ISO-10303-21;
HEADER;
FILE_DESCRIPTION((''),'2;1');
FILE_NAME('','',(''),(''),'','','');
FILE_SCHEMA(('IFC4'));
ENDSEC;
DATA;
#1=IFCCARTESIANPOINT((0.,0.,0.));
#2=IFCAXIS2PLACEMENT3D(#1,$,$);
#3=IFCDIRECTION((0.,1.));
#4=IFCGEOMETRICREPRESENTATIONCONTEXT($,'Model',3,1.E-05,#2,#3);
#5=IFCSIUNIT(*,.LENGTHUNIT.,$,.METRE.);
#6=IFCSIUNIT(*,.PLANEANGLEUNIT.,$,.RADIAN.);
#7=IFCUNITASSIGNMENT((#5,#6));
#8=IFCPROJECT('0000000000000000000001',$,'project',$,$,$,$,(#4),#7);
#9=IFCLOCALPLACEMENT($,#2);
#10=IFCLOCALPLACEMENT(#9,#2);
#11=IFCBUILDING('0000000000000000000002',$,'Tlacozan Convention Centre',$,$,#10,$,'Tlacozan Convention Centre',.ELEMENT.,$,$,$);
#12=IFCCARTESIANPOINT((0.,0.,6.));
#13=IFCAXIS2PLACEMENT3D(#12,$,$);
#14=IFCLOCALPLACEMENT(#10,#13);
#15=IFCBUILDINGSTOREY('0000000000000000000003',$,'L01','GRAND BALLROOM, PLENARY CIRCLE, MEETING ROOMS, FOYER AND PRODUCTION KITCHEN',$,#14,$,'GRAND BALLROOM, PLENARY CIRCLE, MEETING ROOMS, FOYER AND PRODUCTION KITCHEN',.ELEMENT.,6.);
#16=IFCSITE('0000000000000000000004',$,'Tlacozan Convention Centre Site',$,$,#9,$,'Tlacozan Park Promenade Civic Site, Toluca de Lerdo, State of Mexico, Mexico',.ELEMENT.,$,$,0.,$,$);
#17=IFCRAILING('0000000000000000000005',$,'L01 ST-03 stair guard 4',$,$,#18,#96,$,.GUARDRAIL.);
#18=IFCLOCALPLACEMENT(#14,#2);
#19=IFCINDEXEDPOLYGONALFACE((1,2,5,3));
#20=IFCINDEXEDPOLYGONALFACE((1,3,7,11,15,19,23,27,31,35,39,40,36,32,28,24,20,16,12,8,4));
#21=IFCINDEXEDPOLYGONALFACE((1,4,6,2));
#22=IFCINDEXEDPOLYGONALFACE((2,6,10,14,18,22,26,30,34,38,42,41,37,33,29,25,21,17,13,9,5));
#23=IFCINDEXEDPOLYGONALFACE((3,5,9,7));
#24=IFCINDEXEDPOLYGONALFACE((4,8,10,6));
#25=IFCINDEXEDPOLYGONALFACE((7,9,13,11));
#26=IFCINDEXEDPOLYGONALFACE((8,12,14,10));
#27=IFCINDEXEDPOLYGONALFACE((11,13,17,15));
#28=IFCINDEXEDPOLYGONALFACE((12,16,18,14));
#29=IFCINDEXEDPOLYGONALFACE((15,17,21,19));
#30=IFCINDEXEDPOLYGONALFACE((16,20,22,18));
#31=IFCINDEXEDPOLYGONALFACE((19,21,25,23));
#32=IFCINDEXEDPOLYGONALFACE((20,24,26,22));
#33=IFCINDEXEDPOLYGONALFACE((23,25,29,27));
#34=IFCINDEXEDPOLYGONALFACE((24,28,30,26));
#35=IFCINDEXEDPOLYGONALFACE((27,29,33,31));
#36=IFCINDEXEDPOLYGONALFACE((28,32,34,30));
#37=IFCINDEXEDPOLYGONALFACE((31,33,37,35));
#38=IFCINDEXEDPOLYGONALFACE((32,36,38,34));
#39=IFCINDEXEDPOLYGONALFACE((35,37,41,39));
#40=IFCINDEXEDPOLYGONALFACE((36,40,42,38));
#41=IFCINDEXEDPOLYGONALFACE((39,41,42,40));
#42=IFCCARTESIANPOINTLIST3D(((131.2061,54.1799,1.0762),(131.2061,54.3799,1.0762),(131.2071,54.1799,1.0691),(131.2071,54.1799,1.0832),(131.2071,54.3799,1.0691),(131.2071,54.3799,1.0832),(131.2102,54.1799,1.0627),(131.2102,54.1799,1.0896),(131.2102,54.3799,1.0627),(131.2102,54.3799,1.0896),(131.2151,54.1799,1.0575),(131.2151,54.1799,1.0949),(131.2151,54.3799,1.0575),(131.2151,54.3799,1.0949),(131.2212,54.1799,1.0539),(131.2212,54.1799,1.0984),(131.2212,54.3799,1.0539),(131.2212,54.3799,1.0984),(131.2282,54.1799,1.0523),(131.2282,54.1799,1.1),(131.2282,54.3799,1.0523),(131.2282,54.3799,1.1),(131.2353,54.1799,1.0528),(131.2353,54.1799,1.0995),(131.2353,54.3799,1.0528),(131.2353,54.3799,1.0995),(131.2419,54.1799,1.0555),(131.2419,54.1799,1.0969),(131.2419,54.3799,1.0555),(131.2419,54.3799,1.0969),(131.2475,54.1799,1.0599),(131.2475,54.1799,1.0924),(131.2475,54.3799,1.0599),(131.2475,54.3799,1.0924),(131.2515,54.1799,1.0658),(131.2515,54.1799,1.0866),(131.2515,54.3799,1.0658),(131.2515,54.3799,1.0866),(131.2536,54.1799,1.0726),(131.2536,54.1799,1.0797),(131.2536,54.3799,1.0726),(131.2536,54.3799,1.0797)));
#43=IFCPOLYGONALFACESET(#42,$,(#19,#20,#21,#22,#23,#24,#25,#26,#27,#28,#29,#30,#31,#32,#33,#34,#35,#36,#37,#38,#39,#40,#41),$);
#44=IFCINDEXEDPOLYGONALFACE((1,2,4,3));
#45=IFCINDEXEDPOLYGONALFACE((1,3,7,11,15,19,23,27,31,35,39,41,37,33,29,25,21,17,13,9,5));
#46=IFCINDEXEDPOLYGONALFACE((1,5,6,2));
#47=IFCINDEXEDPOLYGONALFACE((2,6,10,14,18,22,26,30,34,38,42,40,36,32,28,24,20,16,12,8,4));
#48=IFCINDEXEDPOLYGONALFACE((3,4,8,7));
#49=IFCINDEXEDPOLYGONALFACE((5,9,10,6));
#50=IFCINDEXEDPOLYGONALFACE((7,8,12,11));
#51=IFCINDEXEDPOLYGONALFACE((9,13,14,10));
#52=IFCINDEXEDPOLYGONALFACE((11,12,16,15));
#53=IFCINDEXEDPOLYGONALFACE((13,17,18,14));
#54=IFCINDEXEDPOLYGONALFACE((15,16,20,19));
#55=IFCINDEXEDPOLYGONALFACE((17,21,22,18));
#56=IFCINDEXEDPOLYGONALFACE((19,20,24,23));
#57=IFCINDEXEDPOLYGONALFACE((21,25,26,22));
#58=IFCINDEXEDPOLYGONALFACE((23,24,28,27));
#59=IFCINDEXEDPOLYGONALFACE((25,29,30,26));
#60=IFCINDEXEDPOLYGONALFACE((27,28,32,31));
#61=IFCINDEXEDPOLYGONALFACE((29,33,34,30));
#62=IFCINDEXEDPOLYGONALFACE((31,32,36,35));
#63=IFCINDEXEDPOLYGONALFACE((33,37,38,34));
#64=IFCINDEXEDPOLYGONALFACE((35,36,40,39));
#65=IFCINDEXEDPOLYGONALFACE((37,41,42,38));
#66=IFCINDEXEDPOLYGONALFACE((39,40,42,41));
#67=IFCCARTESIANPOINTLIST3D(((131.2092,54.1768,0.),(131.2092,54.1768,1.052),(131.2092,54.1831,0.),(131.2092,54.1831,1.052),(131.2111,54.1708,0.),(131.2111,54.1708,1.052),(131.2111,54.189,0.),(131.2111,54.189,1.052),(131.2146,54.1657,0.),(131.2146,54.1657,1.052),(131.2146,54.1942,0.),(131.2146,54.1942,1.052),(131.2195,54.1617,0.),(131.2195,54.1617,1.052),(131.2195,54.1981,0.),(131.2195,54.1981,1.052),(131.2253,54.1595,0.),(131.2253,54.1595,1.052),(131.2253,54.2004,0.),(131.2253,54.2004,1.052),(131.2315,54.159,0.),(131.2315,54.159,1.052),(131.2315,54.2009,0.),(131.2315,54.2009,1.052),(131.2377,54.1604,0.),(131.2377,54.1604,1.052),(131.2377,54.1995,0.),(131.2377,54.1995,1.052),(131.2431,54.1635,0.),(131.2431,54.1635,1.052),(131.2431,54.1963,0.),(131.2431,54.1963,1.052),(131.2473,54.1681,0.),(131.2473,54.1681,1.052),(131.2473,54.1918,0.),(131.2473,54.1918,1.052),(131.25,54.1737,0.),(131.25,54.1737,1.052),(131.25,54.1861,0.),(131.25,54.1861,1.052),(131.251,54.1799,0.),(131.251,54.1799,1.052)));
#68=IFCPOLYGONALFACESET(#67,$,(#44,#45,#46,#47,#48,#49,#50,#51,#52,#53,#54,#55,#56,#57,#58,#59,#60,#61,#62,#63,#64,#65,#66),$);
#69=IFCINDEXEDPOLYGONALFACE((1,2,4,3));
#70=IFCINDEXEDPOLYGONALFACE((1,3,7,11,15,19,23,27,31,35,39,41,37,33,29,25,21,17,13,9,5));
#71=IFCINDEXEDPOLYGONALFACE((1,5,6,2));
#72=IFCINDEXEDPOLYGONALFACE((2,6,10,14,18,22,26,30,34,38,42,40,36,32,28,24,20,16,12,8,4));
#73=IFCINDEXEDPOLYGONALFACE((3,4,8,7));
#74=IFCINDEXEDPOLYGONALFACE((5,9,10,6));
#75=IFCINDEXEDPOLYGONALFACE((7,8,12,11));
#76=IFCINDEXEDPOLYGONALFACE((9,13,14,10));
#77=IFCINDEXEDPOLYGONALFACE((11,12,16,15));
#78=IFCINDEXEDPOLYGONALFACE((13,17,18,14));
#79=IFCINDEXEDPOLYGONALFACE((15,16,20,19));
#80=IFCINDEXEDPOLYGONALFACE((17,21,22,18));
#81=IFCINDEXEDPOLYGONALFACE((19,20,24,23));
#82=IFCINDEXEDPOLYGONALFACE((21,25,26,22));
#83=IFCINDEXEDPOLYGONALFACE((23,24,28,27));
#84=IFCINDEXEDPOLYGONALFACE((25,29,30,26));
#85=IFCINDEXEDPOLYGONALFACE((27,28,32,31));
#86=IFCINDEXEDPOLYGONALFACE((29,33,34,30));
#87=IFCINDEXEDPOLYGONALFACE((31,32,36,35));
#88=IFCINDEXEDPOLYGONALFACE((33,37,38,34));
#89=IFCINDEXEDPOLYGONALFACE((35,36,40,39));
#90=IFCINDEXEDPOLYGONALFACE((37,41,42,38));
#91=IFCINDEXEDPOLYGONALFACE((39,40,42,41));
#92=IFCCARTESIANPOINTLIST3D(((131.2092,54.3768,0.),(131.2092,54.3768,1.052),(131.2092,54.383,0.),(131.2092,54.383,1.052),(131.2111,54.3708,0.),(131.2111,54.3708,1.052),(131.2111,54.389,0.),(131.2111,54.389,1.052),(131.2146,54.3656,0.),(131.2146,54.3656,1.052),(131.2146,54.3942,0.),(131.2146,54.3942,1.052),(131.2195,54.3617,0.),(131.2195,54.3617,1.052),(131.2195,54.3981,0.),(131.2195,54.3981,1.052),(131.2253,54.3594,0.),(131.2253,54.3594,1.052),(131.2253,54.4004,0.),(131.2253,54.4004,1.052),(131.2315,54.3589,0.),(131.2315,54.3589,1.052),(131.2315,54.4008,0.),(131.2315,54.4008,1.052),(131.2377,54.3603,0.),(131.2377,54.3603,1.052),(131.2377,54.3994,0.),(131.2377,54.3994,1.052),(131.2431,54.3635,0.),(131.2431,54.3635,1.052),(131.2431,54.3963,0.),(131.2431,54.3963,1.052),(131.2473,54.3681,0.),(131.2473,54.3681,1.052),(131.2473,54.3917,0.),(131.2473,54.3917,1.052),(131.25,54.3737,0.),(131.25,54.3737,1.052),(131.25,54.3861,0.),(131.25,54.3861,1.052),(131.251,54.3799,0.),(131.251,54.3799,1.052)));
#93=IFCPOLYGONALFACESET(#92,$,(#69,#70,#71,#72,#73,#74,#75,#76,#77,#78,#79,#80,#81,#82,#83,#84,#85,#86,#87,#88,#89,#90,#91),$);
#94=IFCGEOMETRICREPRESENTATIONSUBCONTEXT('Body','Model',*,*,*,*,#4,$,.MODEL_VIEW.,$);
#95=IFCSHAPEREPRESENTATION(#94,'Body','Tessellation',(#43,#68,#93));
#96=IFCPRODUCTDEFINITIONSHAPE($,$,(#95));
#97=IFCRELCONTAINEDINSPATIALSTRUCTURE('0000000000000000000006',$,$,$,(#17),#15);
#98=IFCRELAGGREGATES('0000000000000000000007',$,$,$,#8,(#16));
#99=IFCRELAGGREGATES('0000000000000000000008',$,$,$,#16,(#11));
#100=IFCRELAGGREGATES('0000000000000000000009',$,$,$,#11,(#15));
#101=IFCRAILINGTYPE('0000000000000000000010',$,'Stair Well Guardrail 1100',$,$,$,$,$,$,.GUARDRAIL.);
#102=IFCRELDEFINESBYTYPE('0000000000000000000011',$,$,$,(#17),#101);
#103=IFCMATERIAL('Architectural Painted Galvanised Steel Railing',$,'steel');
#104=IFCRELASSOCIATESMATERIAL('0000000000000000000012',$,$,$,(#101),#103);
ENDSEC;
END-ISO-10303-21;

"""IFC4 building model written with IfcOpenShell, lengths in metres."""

from ifc_helpers import new_model, si_unit, direction, frame, origin, origin_2d, place, context, subcontext, project, spatial, circle, extrude, material, type_object, element, save


model = new_model("IFC4")

# Units and contexts
model_context = context("Model", 3, precision=1e-05, world=origin(), true_north=direction((0.0, 1.0)))
body_context = subcontext(model_context, "Body", "Model", "MODEL_VIEW")
ifc_project = project(units=[si_unit("LENGTHUNIT", "METRE"), si_unit("PLANEANGLEUNIT", "RADIAN")], contexts=[model_context])

# Site, building, storey
site_placement = place(None, origin())
site = spatial("IfcSite", under=ifc_project, at=site_placement, Name="Tlacozan Convention Centre Site", LongName="Tlacozan Park Promenade Civic Site, Toluca de Lerdo, State of Mexico, Mexico", CompositionType="ELEMENT", RefElevation=0.0)
building_placement = place(site_placement, origin())
building = spatial("IfcBuilding", under=site, at=building_placement, Name="Tlacozan Convention Centre", LongName="Tlacozan Convention Centre", CompositionType="ELEMENT")
storey_placement = place(building_placement, frame((0.0, 0.0, 6.0)))
storey = spatial("IfcBuildingStorey", under=building, at=storey_placement, Name="L01", Description="GRAND BALLROOM, PLENARY CIRCLE, MEETING ROOMS, FOYER AND PRODUCTION KITCHEN", LongName="GRAND BALLROOM, PLENARY CIRCLE, MEETING ROOMS, FOYER AND PRODUCTION KITCHEN", CompositionType="ELEMENT", Elevation=6.0)

# Railing
ifc_material_1 = material(Name="Architectural Painted Galvanised Steel Railing", Category="steel")
railing_type_1 = type_object("IfcRailingType", Name="Stair Well Guardrail 1100", PredefinedType="GUARDRAIL", material=ifc_material_1)
railing_1_placement = place(storey_placement, frame((131.23, 54.1799, 0.0)))
element("IfcRailing", 1, at=railing_1_placement, inside=storey, type_object=railing_type_1, Name="L01 ST-03 stair guard 4", PredefinedType="GUARDRAIL", context=body_context, shape_type="SweptSolid", body=[
    extrude(circle(Radius=0.0239, at=origin_2d()), frame((0.0, 0.0, 1.0762), z_axis=(0.0, 1.0, 0.0), x_axis=(-1.0, 0.0, 0.0)), (0.0, 0.0, 1.0), 0.2),
    extrude(circle(Radius=0.021, at=origin_2d()), origin(), (0.0, 0.0, 1.0), 1.052),
    extrude(circle(Radius=0.021, at=origin_2d()), frame((0.0, 0.2, 0.0)), (0.0, 0.0, 1.0), 1.052),
])

save(model, "model.ifc")
